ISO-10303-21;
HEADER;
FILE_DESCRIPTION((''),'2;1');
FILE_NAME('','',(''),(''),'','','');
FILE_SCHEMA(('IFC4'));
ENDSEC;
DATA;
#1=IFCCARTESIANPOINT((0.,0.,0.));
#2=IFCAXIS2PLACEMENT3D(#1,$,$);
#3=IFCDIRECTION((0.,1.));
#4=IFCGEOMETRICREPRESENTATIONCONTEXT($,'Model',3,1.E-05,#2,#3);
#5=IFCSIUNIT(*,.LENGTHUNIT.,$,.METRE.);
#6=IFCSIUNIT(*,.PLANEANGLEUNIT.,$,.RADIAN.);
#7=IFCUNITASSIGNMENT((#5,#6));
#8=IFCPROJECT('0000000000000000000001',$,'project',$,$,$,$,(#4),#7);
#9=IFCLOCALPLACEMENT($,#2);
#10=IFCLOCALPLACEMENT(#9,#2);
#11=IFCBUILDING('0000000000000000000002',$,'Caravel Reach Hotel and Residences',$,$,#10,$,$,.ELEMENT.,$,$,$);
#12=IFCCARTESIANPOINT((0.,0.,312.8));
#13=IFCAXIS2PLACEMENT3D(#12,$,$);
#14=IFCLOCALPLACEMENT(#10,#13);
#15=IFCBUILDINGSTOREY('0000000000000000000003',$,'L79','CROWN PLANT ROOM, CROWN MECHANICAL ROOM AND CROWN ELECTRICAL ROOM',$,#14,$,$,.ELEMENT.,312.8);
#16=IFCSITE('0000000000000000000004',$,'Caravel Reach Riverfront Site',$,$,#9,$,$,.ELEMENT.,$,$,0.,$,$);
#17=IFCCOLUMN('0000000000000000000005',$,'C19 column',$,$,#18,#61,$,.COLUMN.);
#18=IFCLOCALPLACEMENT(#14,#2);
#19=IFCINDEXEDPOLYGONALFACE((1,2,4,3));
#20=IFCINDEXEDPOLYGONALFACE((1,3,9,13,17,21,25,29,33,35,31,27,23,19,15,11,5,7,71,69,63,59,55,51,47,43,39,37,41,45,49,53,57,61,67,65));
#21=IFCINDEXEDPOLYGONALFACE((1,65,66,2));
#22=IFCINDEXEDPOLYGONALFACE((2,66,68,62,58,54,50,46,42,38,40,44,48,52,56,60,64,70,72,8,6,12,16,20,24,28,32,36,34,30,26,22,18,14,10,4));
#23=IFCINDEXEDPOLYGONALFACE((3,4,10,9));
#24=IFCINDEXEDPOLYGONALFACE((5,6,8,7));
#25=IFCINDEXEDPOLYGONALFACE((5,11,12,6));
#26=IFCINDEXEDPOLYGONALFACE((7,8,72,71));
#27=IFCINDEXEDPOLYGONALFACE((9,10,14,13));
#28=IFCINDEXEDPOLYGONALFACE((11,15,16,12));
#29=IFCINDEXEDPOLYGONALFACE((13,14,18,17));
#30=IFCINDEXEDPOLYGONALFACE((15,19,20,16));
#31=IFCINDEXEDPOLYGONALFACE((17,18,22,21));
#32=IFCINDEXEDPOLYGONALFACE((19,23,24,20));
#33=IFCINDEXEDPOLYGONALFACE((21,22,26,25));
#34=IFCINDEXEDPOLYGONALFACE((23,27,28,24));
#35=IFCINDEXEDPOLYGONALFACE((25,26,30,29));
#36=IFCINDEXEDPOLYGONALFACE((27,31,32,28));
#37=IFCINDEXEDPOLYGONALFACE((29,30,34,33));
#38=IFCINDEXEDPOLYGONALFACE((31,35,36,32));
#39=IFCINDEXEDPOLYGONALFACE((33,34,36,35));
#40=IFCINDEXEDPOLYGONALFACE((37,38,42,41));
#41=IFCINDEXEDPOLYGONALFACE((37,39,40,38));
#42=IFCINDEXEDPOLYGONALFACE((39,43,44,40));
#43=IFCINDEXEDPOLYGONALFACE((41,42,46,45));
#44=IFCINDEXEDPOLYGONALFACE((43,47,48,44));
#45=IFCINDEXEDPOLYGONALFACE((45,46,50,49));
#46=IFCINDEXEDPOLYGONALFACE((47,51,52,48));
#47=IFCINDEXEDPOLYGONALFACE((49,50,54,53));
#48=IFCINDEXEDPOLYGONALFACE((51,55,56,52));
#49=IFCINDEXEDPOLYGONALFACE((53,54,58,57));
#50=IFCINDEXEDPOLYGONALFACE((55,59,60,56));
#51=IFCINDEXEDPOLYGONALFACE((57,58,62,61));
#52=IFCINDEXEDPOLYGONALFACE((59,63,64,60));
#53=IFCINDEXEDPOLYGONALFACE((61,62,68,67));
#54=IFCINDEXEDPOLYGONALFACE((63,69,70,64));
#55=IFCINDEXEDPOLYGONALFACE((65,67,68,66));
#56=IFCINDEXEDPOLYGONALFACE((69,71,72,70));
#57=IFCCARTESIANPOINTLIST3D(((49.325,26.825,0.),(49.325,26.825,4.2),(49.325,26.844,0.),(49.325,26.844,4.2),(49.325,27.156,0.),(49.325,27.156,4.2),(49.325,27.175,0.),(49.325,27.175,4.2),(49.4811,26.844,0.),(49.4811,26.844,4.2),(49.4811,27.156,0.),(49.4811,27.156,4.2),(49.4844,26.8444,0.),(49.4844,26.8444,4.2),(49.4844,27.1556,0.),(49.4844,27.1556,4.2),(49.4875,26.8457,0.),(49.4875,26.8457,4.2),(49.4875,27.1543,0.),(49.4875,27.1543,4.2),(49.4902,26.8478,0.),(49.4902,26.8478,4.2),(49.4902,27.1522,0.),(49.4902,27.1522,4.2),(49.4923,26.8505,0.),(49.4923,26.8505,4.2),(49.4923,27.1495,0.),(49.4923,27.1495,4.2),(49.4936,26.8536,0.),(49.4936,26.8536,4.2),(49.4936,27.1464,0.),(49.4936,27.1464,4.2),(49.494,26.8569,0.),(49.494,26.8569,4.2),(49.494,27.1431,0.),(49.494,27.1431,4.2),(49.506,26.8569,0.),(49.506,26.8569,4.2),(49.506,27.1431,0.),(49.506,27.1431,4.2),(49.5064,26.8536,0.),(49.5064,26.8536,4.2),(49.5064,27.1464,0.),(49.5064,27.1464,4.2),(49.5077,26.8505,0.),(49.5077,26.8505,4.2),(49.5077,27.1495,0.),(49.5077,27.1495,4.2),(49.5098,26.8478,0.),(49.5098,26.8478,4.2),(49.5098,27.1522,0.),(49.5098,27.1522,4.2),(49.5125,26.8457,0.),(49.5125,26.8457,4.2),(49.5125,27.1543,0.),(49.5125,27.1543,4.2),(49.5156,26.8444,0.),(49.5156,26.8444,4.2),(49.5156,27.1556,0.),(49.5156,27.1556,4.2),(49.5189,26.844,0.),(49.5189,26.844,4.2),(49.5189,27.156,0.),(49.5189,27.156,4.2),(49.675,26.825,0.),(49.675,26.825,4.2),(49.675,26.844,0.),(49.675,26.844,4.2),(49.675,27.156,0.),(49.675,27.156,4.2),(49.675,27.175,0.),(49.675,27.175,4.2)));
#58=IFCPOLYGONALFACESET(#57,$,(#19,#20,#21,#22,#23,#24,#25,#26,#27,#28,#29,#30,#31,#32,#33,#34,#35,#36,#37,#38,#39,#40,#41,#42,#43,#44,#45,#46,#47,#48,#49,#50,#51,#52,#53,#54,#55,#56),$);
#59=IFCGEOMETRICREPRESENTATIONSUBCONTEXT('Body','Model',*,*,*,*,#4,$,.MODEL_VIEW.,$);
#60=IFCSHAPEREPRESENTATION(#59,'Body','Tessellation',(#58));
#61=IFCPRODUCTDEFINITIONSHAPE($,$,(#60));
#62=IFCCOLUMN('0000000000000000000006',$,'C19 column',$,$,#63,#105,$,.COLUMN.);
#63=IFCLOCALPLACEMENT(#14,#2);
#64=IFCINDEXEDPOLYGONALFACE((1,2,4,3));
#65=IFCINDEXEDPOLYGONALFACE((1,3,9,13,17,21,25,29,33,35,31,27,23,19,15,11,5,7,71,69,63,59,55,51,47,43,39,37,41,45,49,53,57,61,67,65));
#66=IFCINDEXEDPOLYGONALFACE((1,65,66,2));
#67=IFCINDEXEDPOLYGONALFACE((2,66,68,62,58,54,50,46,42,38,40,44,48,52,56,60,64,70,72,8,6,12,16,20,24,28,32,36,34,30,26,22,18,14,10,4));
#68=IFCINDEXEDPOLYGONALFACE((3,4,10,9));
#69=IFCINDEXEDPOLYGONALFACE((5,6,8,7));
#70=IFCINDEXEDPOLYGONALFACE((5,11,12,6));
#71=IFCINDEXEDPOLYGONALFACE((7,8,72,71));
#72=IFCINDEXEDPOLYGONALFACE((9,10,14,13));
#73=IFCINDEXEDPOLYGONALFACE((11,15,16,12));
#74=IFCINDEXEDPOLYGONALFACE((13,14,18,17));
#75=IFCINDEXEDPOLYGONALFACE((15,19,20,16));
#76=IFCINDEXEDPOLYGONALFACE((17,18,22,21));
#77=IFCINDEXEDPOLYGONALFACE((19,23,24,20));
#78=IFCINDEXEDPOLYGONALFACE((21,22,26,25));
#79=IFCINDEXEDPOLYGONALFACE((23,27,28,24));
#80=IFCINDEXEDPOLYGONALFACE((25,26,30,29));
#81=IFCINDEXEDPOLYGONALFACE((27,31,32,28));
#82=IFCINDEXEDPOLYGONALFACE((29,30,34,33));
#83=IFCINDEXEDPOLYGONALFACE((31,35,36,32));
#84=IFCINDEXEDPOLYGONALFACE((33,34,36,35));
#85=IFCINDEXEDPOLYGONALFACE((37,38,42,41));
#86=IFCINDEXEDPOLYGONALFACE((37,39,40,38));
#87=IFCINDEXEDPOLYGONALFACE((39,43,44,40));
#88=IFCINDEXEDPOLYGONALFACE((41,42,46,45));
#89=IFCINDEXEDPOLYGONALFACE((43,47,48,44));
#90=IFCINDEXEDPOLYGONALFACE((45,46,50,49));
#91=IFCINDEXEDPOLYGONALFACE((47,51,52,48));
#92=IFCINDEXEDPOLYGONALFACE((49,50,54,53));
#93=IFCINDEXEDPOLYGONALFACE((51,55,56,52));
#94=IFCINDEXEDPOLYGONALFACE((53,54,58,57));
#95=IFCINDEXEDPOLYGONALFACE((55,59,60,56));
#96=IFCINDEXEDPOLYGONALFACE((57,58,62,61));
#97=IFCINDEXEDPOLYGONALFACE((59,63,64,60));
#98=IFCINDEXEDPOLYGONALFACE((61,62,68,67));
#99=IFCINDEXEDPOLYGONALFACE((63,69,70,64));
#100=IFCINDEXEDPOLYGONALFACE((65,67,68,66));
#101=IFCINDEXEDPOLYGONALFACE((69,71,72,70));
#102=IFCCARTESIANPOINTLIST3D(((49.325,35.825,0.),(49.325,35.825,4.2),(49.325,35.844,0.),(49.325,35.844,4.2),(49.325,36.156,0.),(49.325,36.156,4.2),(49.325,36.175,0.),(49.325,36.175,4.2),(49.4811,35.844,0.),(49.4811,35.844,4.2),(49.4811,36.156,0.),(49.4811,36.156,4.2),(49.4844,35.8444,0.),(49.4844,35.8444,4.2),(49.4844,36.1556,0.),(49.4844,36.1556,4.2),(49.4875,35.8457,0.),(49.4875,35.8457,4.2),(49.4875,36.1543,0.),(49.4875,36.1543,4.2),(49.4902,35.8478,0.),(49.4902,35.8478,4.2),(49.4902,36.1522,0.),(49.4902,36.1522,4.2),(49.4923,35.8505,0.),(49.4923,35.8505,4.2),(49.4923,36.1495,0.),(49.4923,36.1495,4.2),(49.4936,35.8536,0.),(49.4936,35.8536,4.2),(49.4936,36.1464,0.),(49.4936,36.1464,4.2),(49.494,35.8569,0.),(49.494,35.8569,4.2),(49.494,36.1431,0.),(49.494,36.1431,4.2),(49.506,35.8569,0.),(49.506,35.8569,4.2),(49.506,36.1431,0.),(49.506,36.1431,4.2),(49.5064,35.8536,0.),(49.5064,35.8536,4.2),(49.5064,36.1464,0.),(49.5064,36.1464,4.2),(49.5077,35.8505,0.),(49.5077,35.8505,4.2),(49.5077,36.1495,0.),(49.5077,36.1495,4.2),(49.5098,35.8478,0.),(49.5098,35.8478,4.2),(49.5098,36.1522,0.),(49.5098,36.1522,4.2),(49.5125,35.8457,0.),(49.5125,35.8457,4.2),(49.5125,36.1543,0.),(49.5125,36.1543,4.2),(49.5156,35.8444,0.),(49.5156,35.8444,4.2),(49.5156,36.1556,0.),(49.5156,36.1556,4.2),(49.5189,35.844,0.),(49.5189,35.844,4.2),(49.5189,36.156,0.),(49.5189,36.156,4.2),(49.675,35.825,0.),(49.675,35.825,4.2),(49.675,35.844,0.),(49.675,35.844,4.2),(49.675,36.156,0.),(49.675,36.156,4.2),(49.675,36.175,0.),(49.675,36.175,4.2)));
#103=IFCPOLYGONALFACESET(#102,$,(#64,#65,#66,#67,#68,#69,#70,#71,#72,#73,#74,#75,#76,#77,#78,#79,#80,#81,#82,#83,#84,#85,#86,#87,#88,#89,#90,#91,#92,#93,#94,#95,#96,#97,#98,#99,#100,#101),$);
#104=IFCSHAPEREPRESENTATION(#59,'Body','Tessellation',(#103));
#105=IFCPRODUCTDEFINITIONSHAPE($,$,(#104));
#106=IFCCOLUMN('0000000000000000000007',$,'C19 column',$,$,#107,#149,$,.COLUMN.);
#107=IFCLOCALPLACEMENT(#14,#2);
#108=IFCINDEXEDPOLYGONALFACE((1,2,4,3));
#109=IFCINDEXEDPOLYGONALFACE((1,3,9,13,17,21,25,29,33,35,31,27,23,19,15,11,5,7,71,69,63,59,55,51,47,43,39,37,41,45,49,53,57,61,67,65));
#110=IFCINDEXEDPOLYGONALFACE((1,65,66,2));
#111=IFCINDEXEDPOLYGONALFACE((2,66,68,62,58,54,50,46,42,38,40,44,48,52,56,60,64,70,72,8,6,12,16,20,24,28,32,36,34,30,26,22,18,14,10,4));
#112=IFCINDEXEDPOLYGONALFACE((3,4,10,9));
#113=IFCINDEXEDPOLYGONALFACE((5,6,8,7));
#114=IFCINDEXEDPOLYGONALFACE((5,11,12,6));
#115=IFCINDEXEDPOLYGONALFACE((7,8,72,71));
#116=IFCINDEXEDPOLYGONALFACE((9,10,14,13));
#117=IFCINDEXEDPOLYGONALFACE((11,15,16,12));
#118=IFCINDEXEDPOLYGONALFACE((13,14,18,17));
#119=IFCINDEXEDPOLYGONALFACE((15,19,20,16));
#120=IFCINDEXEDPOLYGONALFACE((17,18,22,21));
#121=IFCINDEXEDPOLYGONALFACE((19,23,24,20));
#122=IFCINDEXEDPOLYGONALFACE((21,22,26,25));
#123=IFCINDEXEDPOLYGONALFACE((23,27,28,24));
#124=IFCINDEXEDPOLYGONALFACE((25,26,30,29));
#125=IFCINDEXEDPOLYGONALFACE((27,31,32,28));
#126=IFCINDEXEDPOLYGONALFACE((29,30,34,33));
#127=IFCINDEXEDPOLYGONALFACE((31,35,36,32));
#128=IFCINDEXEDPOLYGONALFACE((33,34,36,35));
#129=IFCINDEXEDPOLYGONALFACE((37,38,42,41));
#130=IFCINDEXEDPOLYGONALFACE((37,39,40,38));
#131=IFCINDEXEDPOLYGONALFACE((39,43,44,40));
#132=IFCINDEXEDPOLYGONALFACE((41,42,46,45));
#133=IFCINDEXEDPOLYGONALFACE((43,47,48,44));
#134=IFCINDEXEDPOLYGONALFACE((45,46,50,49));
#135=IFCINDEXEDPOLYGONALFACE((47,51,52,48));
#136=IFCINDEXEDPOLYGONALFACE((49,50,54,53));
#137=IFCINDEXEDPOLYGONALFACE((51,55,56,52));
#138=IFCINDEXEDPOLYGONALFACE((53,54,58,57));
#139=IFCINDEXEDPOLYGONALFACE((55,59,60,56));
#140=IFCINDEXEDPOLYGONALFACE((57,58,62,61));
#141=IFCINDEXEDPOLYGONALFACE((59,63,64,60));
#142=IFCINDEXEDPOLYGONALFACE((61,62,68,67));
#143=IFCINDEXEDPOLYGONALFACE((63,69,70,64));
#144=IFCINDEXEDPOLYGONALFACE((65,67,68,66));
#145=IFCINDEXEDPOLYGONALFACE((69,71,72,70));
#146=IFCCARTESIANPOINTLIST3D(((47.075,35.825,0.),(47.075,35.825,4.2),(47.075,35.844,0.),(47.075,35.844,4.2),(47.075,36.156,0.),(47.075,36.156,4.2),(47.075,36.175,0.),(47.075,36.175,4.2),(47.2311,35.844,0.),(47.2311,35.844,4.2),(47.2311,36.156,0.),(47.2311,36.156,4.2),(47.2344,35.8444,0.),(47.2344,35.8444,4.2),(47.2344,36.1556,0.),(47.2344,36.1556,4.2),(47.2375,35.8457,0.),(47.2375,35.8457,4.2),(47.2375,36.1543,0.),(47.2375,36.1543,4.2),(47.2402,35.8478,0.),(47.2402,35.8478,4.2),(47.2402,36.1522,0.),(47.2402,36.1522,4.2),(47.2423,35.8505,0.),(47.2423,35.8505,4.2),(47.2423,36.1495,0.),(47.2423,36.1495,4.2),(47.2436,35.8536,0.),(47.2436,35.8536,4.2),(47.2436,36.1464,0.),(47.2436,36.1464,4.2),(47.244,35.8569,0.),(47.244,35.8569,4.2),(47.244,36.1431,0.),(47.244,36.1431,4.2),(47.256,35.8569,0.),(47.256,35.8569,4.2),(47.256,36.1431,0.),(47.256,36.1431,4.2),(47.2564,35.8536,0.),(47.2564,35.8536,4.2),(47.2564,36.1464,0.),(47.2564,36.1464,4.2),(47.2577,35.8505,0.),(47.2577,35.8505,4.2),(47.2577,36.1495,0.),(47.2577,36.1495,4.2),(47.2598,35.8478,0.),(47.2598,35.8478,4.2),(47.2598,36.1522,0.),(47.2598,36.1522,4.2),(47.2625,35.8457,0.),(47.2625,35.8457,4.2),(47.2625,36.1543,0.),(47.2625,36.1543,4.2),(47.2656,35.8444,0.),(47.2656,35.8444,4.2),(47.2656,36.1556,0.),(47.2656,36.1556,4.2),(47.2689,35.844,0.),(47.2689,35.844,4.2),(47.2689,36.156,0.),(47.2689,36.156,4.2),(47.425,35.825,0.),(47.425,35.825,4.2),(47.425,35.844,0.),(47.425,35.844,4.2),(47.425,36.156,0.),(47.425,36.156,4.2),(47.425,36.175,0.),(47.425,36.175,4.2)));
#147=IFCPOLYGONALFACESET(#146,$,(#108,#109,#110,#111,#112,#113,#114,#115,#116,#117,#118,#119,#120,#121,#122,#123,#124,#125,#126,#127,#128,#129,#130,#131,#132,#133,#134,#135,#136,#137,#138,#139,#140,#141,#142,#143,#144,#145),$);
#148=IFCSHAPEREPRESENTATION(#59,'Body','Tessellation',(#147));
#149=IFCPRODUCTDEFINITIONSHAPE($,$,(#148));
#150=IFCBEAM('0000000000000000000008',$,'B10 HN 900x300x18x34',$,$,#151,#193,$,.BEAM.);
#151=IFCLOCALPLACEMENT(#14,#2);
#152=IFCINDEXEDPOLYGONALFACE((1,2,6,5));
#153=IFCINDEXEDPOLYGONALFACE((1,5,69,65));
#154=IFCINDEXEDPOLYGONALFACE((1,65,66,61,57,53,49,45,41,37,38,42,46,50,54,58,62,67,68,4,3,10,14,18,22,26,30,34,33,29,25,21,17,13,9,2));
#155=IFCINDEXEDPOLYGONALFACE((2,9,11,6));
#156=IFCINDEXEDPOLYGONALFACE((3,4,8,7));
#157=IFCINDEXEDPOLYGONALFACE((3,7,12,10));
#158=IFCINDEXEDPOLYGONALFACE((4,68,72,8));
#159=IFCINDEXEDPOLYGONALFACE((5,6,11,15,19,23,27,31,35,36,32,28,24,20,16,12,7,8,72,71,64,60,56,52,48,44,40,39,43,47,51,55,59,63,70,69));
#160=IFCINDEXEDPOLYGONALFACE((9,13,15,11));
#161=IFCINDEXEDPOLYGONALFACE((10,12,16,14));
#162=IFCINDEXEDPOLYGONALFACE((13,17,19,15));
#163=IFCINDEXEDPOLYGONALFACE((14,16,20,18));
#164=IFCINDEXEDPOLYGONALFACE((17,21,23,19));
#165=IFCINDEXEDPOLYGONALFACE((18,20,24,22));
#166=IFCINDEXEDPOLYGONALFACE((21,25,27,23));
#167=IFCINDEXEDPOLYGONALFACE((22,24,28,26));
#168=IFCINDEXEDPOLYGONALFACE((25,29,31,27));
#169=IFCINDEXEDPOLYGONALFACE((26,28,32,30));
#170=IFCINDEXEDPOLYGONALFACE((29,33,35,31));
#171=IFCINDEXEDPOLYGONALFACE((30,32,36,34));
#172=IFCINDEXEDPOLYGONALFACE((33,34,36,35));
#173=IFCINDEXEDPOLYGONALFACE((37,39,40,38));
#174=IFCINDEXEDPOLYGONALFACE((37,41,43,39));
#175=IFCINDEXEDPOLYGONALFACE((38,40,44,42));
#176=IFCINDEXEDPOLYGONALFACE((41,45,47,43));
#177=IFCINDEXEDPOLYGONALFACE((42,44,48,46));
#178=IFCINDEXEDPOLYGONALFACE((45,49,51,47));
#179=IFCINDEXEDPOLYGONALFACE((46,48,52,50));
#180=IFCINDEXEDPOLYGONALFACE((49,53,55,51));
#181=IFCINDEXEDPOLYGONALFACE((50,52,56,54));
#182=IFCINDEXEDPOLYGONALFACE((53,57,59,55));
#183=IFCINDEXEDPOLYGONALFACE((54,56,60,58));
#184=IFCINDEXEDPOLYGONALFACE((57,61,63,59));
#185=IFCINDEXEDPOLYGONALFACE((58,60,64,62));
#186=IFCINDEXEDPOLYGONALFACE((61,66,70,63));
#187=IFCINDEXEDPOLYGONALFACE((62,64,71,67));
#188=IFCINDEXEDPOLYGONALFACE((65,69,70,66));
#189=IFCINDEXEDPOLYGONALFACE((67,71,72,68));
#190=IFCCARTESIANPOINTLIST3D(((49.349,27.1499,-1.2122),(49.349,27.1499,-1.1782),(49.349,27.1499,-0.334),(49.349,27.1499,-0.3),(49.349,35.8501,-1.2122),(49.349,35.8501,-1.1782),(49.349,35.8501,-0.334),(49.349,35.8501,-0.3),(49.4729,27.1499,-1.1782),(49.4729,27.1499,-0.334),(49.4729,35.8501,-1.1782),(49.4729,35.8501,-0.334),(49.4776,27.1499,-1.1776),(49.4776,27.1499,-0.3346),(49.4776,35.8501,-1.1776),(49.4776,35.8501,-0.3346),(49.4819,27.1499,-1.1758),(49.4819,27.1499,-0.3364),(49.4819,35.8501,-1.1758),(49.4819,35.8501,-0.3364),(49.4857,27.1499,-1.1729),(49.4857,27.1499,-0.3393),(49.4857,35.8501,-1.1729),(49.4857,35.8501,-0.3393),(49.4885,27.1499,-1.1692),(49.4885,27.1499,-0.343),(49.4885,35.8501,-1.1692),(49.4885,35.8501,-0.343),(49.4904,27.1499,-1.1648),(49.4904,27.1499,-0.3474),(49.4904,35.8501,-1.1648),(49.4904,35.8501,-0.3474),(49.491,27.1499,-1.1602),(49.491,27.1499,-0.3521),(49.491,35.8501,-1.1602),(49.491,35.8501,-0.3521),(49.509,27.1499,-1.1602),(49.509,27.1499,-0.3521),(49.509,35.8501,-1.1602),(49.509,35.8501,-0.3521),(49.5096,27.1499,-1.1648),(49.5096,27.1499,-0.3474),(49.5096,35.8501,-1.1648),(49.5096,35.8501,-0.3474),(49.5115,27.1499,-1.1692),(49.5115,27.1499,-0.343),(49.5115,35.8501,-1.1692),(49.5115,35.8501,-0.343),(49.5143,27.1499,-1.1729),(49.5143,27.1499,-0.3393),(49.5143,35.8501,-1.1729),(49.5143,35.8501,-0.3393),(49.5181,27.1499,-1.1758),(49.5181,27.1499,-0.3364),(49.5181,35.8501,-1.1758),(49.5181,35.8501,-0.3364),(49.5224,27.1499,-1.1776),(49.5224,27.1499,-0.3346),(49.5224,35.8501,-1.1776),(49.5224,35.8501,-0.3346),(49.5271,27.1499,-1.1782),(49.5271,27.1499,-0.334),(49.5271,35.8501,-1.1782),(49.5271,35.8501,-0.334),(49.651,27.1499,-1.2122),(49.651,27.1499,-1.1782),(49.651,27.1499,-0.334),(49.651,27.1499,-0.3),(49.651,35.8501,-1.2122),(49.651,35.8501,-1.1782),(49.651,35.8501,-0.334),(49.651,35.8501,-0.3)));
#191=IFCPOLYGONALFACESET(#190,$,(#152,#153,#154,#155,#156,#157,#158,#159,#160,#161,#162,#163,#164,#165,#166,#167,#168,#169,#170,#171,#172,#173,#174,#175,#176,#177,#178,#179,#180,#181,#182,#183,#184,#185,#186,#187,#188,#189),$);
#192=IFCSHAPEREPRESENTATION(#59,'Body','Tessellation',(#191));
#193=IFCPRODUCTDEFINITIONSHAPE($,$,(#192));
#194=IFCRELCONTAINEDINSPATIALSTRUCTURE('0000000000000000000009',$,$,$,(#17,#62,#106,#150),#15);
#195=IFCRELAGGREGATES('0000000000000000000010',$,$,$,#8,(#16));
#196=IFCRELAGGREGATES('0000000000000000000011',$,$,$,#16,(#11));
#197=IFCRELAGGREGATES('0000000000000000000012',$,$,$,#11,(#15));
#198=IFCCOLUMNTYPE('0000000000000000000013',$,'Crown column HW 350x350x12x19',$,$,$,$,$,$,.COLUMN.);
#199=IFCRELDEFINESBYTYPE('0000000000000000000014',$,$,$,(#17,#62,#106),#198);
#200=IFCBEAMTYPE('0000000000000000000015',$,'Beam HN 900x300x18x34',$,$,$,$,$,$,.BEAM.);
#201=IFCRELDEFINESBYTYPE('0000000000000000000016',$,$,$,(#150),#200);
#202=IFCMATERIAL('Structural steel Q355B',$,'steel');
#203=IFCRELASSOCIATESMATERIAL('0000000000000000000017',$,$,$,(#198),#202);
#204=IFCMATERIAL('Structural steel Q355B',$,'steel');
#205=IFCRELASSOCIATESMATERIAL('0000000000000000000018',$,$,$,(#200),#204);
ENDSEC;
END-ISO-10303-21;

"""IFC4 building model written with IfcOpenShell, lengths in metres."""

from ifc_helpers import new_model, si_unit, direction, frame, origin, origin_2d, place, context, subcontext, project, spatial, i_section, extrude, material, material_profile, profile_set, type_object, element, save


model = new_model("IFC4")

# Units and contexts
model_context = context("Model", 3, precision=1e-05, world=origin(), true_north=direction((0.0, 1.0)))
body_context = subcontext(model_context, "Body", "Model", "MODEL_VIEW")
ifc_project = project(units=[si_unit("LENGTHUNIT", "METRE"), si_unit("PLANEANGLEUNIT", "RADIAN")], contexts=[model_context])

# Site, building, storey
site_placement = place(None, origin())
site = spatial("IfcSite", under=ifc_project, at=site_placement, Name="Caravel Reach Riverfront Site", CompositionType="ELEMENT", RefElevation=0.0)
building_placement = place(site_placement, origin())
building = spatial("IfcBuilding", under=site, at=building_placement, Name="Caravel Reach Hotel and Residences", CompositionType="ELEMENT")
storey_placement = place(building_placement, frame((0.0, 0.0, 312.8)))
storey = spatial("IfcBuildingStorey", under=building, at=storey_placement, Name="L79", Description="CROWN PLANT ROOM, CROWN MECHANICAL ROOM AND CROWN ELECTRICAL ROOM", CompositionType="ELEMENT", Elevation=312.8)

# Columns
ifc_material_1 = material(Name="Structural steel Q355B", Category="steel")
ifc_material_profile_1 = material_profile(ifc_material_1, i_section(OverallWidth=0.3501, OverallDepth=0.3501, WebThickness=0.012, FlangeThickness=0.019, FilletRadius=0.0129, at=origin_2d()), Name="HW 350x350x12x19")
ifc_profile_set_1 = profile_set([ifc_material_profile_1], Name="Structural steel Q355B")
column_type = type_object("IfcColumnType", Name="Crown column HW 350x350x12x19", PredefinedType="COLUMN", material=ifc_profile_set_1)
for number, where, z_axis, x_axis, name in (
    (1, (49.5, 27.0, 0.0), (0.0, 0.0, 1.0), (1.0, 0.0, 0.0), "C19 column"),
    (2, (49.5, 36.0, 0.0), (0.0, 0.0, 1.0), (1.0, 0.0, 0.0), "C19 column"),
    (3, (47.25, 36.0, 0.0), (0.0, 0.0, 1.0), (1.0, 0.0, 0.0), "C19 column"),
):
    element("IfcColumn", number, at=place(storey_placement, frame(where, z_axis=z_axis, x_axis=x_axis)), inside=storey, type_object=column_type, Name=name, PredefinedType="COLUMN", context=body_context, shape_type="SweptSolid", body=[
        extrude(i_section(OverallWidth=0.3501, OverallDepth=0.3501, WebThickness=0.012, FlangeThickness=0.019, FilletRadius=0.0129, at=origin_2d()), origin(), (0.0, 0.0, 1.0), 4.2),
    ])

# Beam
ifc_material_2 = material(Name="Structural steel Q355B", Category="steel")
ifc_material_profile_2 = material_profile(ifc_material_2, i_section(OverallWidth=0.302, OverallDepth=0.9121, WebThickness=0.0181, FlangeThickness=0.0339, FilletRadius=0.0181, at=origin_2d()), Name="HN 900x300x18x34")
ifc_profile_set_2 = profile_set([ifc_material_profile_2], Name="Structural steel Q355B")
beam_type = type_object("IfcBeamType", Name="Beam HN 900x300x18x34", PredefinedType="BEAM", material=ifc_profile_set_2)
beam_1_placement = place(storey_placement, frame((49.5, 27.1499, -0.7561), z_axis=(0.0, 1.0, 0.0), x_axis=(-1.0, 0.0, 0.0)))
element("IfcBeam", 4, at=beam_1_placement, inside=storey, type_object=beam_type, Name="B10 HN 900x300x18x34", PredefinedType="BEAM", context=body_context, shape_type="SweptSolid", body=[
    extrude(i_section(OverallWidth=0.302, OverallDepth=0.9121, WebThickness=0.0181, FlangeThickness=0.0339, FilletRadius=0.0181, at=origin_2d()), origin(), (0.0, 0.0, 1.0), 8.7002),
])

save(model, "model.ifc")
